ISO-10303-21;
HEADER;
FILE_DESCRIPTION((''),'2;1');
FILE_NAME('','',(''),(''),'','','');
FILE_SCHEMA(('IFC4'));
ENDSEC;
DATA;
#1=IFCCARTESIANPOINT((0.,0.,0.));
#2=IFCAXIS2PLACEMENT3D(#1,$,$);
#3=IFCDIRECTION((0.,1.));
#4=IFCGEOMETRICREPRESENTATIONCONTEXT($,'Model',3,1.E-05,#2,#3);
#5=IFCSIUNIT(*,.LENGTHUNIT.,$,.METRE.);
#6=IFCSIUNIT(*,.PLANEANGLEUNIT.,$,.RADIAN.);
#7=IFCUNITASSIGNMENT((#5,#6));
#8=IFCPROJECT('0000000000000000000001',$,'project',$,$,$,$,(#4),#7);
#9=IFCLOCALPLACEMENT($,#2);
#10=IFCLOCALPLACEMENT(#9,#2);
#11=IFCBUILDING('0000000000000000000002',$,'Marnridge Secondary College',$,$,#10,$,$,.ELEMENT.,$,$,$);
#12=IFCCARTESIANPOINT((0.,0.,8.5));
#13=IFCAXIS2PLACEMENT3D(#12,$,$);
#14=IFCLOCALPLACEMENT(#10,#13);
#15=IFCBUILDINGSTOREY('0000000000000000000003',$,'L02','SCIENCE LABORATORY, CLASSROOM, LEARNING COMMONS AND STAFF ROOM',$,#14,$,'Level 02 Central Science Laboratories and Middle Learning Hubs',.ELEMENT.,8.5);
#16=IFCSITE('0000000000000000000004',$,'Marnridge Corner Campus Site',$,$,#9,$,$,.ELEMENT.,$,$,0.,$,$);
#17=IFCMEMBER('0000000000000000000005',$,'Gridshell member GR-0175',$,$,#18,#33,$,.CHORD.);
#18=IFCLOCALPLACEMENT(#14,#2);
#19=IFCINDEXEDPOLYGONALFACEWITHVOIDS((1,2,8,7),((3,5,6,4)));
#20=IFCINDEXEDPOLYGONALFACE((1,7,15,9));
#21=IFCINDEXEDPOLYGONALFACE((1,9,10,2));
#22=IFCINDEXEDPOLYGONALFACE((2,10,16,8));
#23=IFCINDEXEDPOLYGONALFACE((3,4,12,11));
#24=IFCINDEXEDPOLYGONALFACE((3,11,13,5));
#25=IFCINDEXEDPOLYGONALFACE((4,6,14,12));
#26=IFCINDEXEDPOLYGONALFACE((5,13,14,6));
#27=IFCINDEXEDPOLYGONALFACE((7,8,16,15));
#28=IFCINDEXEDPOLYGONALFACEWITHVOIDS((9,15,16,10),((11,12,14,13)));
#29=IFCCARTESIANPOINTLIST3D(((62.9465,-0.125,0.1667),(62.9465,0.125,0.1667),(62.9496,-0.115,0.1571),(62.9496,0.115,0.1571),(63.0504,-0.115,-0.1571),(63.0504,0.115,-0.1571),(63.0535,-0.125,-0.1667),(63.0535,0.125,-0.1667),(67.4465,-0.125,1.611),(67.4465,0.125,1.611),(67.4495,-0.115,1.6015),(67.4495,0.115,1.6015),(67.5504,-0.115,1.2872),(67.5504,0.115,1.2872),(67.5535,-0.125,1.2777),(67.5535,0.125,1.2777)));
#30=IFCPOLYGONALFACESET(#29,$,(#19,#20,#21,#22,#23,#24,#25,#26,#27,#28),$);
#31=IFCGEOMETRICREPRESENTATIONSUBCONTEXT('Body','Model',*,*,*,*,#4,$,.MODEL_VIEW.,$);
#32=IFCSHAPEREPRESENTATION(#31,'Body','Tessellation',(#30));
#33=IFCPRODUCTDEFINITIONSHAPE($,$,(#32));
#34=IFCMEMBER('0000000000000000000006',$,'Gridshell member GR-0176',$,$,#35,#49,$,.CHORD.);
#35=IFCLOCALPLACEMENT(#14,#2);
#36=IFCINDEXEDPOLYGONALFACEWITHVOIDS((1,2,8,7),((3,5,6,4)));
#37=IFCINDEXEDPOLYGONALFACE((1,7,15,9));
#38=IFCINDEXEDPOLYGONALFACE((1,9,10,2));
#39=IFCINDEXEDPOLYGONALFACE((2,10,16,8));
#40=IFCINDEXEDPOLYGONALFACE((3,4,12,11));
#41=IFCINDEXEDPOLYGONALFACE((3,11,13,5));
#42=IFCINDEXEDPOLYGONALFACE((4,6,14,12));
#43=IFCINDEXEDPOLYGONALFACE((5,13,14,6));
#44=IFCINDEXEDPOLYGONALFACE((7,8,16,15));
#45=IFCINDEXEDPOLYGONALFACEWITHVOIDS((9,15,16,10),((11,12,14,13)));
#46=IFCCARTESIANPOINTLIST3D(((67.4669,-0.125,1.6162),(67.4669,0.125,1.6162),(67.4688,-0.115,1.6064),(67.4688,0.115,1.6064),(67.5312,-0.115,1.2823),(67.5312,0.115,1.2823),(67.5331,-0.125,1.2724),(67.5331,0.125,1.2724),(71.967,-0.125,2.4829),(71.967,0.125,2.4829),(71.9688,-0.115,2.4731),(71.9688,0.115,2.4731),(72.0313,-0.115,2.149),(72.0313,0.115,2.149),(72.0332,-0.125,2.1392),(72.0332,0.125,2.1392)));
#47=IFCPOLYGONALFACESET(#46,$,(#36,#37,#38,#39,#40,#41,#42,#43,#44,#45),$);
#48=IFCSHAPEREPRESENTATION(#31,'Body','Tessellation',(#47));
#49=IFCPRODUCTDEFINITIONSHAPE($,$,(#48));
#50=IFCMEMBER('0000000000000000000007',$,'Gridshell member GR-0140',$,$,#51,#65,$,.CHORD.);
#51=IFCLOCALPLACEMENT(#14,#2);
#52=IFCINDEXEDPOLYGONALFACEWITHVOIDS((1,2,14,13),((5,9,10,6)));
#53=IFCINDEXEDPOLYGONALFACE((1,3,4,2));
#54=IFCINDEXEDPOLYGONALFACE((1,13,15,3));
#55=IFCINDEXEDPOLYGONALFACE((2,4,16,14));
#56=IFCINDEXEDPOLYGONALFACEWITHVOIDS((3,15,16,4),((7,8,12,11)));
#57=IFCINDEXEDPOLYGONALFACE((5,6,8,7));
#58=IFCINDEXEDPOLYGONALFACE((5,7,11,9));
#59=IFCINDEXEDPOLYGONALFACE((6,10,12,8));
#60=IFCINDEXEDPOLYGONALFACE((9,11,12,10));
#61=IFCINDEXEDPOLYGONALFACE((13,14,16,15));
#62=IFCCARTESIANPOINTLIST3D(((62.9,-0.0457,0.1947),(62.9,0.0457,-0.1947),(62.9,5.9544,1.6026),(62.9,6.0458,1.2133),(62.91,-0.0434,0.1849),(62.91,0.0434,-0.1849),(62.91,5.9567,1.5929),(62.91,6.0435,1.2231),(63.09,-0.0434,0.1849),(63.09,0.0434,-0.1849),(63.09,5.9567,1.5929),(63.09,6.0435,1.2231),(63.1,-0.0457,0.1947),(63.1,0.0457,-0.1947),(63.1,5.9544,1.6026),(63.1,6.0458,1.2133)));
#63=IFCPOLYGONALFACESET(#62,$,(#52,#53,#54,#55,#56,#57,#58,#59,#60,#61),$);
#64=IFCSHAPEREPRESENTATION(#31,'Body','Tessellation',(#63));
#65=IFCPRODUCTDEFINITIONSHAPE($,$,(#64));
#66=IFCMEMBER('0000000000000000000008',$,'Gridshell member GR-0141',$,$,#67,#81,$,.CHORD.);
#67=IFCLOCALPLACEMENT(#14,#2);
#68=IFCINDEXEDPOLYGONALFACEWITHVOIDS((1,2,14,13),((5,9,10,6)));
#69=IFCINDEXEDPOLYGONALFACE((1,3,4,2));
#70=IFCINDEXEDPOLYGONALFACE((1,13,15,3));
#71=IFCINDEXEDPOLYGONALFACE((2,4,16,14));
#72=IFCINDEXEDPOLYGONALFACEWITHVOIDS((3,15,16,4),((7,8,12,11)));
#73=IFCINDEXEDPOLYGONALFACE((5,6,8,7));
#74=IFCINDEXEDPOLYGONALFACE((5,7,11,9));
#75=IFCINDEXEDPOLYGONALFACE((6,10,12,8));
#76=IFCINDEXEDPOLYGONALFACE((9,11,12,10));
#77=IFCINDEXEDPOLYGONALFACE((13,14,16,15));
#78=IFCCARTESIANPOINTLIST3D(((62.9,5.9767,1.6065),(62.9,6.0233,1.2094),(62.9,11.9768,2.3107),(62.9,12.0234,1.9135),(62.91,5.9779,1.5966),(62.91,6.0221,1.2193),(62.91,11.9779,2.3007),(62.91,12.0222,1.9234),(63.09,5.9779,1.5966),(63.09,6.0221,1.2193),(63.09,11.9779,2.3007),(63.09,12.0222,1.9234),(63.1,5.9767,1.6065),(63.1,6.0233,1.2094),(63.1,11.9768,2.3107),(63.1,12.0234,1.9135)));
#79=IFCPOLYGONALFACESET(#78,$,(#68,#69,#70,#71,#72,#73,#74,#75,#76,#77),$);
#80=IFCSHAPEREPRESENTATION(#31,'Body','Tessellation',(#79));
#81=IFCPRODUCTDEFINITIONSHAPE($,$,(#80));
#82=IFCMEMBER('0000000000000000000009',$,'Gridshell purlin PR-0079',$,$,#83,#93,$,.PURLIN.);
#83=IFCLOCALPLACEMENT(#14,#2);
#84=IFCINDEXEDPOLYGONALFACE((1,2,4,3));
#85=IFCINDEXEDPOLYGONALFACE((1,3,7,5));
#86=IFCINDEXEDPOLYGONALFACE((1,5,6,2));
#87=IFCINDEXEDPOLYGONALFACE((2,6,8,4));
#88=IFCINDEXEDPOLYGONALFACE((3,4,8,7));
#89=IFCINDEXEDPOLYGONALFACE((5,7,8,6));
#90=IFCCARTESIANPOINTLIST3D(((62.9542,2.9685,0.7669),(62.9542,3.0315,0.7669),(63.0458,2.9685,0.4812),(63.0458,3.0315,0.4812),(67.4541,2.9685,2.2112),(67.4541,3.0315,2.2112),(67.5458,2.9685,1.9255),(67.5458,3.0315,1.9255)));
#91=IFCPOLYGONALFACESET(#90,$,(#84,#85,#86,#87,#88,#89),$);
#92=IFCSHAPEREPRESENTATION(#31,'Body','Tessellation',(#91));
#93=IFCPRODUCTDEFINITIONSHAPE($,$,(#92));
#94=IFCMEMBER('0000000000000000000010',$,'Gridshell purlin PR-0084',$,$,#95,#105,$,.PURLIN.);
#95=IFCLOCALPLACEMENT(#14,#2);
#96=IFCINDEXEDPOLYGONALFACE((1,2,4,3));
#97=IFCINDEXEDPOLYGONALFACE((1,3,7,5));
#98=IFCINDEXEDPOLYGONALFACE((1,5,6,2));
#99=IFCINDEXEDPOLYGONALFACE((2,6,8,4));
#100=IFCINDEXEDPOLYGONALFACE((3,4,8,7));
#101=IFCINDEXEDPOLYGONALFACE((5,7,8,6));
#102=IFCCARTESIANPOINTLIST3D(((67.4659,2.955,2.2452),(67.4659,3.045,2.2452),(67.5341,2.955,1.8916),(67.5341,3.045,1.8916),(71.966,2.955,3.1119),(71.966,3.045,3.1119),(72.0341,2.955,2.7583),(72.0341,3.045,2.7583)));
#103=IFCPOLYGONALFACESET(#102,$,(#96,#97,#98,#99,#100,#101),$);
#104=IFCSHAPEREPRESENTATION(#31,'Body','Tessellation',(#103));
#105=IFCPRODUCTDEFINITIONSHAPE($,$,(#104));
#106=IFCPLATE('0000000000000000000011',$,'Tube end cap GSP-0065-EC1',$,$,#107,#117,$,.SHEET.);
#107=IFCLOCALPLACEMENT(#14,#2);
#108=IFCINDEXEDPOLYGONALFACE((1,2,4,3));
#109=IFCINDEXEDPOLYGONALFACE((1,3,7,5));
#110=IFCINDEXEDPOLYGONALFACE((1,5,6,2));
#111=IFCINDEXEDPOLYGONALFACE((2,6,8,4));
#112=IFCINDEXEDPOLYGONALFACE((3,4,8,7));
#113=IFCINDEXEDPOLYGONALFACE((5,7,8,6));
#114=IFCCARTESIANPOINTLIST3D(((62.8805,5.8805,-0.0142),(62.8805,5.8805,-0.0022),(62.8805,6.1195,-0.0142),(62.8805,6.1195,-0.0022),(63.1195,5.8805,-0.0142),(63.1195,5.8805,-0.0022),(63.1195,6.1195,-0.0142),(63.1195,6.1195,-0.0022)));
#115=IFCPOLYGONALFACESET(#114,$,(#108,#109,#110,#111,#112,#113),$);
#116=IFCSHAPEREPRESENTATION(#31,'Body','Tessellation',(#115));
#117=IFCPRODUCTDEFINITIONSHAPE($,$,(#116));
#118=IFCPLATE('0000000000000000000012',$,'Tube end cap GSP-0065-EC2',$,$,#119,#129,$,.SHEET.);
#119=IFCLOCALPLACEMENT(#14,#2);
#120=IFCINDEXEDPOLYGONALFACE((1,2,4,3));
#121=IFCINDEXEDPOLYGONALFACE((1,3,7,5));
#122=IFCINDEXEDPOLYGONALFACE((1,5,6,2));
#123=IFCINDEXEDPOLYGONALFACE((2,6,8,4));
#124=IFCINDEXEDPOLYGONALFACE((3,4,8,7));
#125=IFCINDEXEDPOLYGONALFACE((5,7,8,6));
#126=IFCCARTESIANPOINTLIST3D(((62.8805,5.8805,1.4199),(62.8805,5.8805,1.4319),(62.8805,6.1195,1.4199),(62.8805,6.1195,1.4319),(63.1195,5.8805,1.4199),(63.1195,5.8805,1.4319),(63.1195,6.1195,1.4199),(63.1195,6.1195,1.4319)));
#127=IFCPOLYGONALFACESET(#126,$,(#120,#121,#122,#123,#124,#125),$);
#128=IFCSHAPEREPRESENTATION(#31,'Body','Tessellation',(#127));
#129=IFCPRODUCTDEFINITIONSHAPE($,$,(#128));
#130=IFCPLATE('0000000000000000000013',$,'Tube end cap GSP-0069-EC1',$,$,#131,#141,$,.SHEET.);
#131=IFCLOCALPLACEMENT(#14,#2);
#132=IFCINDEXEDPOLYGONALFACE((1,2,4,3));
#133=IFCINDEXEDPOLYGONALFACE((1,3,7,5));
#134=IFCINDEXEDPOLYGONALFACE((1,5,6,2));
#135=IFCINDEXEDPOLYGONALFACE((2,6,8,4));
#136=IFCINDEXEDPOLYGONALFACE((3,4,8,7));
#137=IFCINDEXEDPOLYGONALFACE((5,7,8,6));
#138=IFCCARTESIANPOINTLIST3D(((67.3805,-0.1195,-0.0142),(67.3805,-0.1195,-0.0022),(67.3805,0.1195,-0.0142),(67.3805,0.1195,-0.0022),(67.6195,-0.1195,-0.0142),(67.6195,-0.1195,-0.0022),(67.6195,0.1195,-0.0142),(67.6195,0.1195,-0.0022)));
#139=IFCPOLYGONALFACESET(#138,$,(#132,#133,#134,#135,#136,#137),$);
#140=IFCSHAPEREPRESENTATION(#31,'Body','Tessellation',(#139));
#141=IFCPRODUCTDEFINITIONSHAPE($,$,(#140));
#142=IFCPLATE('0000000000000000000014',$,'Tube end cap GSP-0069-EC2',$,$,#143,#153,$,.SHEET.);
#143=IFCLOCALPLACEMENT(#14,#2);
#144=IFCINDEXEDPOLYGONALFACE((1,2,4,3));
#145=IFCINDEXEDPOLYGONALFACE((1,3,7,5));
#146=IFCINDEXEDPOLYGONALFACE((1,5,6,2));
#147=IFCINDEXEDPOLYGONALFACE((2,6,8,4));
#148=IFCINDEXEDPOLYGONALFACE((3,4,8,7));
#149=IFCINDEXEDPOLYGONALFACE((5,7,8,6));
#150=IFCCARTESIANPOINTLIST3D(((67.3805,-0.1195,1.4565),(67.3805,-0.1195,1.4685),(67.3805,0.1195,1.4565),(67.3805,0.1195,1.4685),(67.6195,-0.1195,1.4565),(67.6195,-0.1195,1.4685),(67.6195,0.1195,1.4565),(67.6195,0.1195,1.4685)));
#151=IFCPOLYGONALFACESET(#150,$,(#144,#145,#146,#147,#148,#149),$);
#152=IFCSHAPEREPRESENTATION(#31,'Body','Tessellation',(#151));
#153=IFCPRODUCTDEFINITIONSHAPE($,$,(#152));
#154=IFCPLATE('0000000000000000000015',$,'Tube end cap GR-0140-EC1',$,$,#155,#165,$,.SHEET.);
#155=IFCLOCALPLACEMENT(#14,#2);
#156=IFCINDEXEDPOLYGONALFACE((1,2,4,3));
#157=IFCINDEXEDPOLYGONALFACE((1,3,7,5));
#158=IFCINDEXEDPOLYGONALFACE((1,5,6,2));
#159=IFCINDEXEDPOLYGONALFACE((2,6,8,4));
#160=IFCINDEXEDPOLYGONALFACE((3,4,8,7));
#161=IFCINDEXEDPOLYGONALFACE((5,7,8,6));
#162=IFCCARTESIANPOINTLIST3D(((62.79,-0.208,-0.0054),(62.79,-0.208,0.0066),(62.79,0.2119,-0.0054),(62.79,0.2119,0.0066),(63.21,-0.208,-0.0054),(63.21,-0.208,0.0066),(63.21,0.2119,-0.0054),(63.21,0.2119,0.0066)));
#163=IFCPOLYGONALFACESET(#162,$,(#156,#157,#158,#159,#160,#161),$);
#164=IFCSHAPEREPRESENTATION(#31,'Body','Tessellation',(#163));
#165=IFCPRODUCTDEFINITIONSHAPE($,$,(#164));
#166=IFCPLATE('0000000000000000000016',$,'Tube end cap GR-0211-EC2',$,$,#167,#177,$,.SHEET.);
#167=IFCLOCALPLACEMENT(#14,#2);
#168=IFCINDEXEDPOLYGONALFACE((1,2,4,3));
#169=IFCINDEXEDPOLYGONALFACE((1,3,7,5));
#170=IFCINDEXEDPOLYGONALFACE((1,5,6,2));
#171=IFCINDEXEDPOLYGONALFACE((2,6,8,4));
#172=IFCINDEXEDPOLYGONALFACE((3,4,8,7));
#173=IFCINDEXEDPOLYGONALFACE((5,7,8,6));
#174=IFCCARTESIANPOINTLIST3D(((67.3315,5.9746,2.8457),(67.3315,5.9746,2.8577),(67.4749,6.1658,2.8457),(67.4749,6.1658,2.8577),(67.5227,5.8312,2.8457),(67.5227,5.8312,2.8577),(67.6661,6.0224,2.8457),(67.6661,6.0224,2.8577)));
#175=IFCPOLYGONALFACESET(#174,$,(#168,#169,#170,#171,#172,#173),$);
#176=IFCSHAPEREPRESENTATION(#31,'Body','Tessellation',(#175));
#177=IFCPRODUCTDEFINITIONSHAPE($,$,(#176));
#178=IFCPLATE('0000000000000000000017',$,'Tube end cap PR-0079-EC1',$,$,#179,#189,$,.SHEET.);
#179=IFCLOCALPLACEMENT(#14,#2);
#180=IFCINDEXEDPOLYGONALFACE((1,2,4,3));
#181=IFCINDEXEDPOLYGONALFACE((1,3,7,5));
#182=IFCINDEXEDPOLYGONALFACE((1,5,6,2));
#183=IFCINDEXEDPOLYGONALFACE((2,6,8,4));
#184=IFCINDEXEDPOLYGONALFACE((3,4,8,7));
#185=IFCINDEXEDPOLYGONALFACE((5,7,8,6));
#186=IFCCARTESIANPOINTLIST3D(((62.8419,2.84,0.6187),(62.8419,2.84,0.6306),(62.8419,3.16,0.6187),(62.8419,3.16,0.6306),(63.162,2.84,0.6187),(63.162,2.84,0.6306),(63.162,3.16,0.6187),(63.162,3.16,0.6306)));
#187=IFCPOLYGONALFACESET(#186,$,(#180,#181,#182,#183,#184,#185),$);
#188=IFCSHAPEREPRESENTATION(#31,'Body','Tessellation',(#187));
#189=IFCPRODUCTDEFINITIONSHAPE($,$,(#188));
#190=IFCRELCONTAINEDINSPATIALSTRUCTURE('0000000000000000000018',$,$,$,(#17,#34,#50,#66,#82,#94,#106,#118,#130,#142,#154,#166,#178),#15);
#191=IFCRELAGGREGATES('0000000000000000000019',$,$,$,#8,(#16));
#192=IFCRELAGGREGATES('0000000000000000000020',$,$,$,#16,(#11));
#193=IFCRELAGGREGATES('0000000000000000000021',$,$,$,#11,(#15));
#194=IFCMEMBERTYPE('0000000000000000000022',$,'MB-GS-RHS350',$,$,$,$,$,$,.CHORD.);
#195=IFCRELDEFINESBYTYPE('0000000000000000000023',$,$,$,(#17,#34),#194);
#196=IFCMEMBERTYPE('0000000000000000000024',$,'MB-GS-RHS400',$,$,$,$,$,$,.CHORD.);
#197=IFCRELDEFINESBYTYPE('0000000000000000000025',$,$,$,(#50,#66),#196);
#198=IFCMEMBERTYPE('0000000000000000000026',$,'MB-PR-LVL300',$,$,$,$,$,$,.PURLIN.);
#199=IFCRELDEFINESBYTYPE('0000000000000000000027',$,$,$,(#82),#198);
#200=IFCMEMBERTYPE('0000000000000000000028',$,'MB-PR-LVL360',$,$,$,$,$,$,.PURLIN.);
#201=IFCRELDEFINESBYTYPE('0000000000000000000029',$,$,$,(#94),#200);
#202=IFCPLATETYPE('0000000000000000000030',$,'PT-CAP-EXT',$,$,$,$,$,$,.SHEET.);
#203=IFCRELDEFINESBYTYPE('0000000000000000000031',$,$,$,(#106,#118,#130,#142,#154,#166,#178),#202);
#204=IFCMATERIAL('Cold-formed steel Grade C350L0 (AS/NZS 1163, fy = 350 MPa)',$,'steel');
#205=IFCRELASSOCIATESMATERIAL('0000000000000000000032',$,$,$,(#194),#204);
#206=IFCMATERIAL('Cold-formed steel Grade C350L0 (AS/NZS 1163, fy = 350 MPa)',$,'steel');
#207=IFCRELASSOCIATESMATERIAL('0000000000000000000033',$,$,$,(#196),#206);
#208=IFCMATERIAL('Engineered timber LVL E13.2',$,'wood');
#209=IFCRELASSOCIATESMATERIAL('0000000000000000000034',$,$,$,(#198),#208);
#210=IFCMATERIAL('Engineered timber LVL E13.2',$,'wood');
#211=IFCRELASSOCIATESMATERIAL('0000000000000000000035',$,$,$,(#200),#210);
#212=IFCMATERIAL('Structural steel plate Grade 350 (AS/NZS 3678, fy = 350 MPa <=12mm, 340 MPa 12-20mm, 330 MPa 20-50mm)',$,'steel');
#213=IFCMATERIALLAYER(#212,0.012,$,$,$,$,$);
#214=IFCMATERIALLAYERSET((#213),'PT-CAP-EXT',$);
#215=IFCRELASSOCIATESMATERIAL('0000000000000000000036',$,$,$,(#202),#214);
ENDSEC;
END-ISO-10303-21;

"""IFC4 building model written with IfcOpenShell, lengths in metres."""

from ifc_helpers import new_model, si_unit, direction, frame, origin, origin_2d, place, context, subcontext, project, spatial, rectangle, hollow_rectangle, extrude, material, layer, layer_set, material_profile, profile_set, type_object, element, save


model = new_model("IFC4")

# Units and contexts
model_context = context("Model", 3, precision=1e-05, world=origin(), true_north=direction((0.0, 1.0)))
body_context = subcontext(model_context, "Body", "Model", "MODEL_VIEW")
ifc_project = project(units=[si_unit("LENGTHUNIT", "METRE"), si_unit("PLANEANGLEUNIT", "RADIAN")], contexts=[model_context])

# Site, building, storey
site_placement = place(None, origin())
site = spatial("IfcSite", under=ifc_project, at=site_placement, Name="Marnridge Corner Campus Site", CompositionType="ELEMENT", RefElevation=0.0)
building_placement = place(site_placement, origin())
building = spatial("IfcBuilding", under=site, at=building_placement, Name="Marnridge Secondary College", CompositionType="ELEMENT")
storey_placement = place(building_placement, frame((0.0, 0.0, 8.5)))
storey = spatial("IfcBuildingStorey", under=building, at=storey_placement, Name="L02", Description="SCIENCE LABORATORY, CLASSROOM, LEARNING COMMONS AND STAFF ROOM", LongName="Level 02 Central Science Laboratories and Middle Learning Hubs", CompositionType="ELEMENT", Elevation=8.5)

# Members
ifc_material_1 = material(Name="Cold-formed steel Grade C350L0 (AS/NZS 1163, fy = 350 MPa)", Category="steel")
ifc_material_profile_1 = material_profile(ifc_material_1, hollow_rectangle(XDim=0.25, YDim=0.3501, WallThickness=0.01, at=origin_2d()), Name="350x250x10.0RHS")
ifc_profile_set_1 = profile_set([ifc_material_profile_1], Name="Cold-formed steel Grade C350L0 (AS/NZS 1163, fy = 350 MPa)")
member_type_1 = type_object("IfcMemberType", Name="MB-GS-RHS350", PredefinedType="CHORD", material=ifc_profile_set_1)
member_1_placement = place(storey_placement, frame((63.0, 0.0, 0.0), z_axis=(0.952157, 0.0, 0.305608), x_axis=(0.0, 1.0, 0.0)))
element("IfcMember", 1, at=member_1_placement, inside=storey, type_object=member_type_1, Name="Gridshell member GR-0175", PredefinedType="CHORD", context=body_context, shape_type="SweptSolid", body=[
    extrude(hollow_rectangle(XDim=0.25, YDim=0.3501, WallThickness=0.01, at=origin_2d()), origin(), (0.0, 0.0, 1.0), 4.7261),
])
member_2_placement = place(storey_placement, frame((67.5, 0.0, 1.4443), z_axis=(0.981953, 0.0, 0.189124), x_axis=(0.0, 1.0, 0.0)))
element("IfcMember", 2, at=member_2_placement, inside=storey, type_object=member_type_1, Name="Gridshell member GR-0176", PredefinedType="CHORD", context=body_context, shape_type="SweptSolid", body=[
    extrude(hollow_rectangle(XDim=0.25, YDim=0.3501, WallThickness=0.01, at=origin_2d()), origin(), (0.0, 0.0, 1.0), 4.5828),
])
ifc_material_2 = material(Name="Cold-formed steel Grade C350L0 (AS/NZS 1163, fy = 350 MPa)", Category="steel")
ifc_material_profile_2 = material_profile(ifc_material_2, hollow_rectangle(XDim=0.2, YDim=0.3999, WallThickness=0.01, at=origin_2d()), Name="400x200x10.0RHS")
ifc_profile_set_2 = profile_set([ifc_material_profile_2], Name="Cold-formed steel Grade C350L0 (AS/NZS 1163, fy = 350 MPa)")
member_type_2 = type_object("IfcMemberType", Name="MB-GS-RHS400", PredefinedType="CHORD", material=ifc_profile_set_2)
member_3_placement = place(storey_placement, frame((63.0, 0.0, 0.0), z_axis=(0.0, 0.973555, 0.228454), x_axis=(-1.0, 0.0, 0.0)))
element("IfcMember", 3, at=member_3_placement, inside=storey, type_object=member_type_2, Name="Gridshell member GR-0140", PredefinedType="CHORD", context=body_context, shape_type="SweptSolid", body=[
    extrude(hollow_rectangle(XDim=0.2, YDim=0.3999, WallThickness=0.01, at=origin_2d()), origin(), (0.0, 0.0, 1.0), 6.1631),
])
member_4_placement = place(storey_placement, frame((63.0, 6.0, 1.408), z_axis=(0.0, 0.993185, 0.11655), x_axis=(-1.0, 0.0, 0.0)))
element("IfcMember", 4, at=member_4_placement, inside=storey, type_object=member_type_2, Name="Gridshell member GR-0141", PredefinedType="CHORD", context=body_context, shape_type="SweptSolid", body=[
    extrude(hollow_rectangle(XDim=0.2, YDim=0.3999, WallThickness=0.01, at=origin_2d()), origin(), (0.0, 0.0, 1.0), 6.0413),
])
ifc_material_3 = material(Name="Engineered timber LVL E13.2", Category="wood")
ifc_material_profile_3 = material_profile(ifc_material_3, rectangle(XDim=0.063, YDim=0.3, at=origin_2d()), Name="LVL 63x300")
ifc_profile_set_3 = profile_set([ifc_material_profile_3], Name="Engineered timber LVL E13.2")
member_type_3 = type_object("IfcMemberType", Name="MB-PR-LVL300", PredefinedType="PURLIN", material=ifc_profile_set_3)
member_5_placement = place(storey_placement, frame((63.0, 3.0, 0.624), z_axis=(0.952157, 0.0, 0.305608), x_axis=(0.0, 1.0, 0.0)))
element("IfcMember", 5, at=member_5_placement, inside=storey, type_object=member_type_3, Name="Gridshell purlin PR-0079", PredefinedType="PURLIN", context=body_context, shape_type="SweptSolid", body=[
    extrude(rectangle(XDim=0.063, YDim=0.3, at=origin_2d()), origin(), (0.0, 0.0, 1.0), 4.7261),
])
ifc_material_4 = material(Name="Engineered timber LVL E13.2", Category="wood")
ifc_material_profile_4 = material_profile(ifc_material_4, rectangle(XDim=0.0901, YDim=0.3601, at=origin_2d()), Name="LVL 90x360")
ifc_profile_set_4 = profile_set([ifc_material_profile_4], Name="Engineered timber LVL E13.2")
member_type_4 = type_object("IfcMemberType", Name="MB-PR-LVL360", PredefinedType="PURLIN", material=ifc_profile_set_4)
member_6_placement = place(storey_placement, frame((67.5, 3.0, 2.0684), z_axis=(0.981953, 0.0, 0.189124), x_axis=(0.0, 1.0, 0.0)))
element("IfcMember", 6, at=member_6_placement, inside=storey, type_object=member_type_4, Name="Gridshell purlin PR-0084", PredefinedType="PURLIN", context=body_context, shape_type="SweptSolid", body=[
    extrude(rectangle(XDim=0.0901, YDim=0.3601, at=origin_2d()), origin(), (0.0, 0.0, 1.0), 4.5828),
])

# Plates
ifc_material_5 = material(Name="Structural steel plate Grade 350 (AS/NZS 3678, fy = 350 MPa <=12mm, 340 MPa 12-20mm, 330 MPa 20-50mm)", Category="steel")
ifc_layer_1 = layer(ifc_material_5, 0.012)
ifc_layer_set_1 = layer_set([ifc_layer_1], Name="PT-CAP-EXT")
plate_type = type_object("IfcPlateType", Name="PT-CAP-EXT", PredefinedType="SHEET", material=ifc_layer_set_1)
for number, where, z_axis, x_axis, name in (
    (7, (63.0, 6.0, -0.0142), (0.0, 0.0, 1.0), (1.0, 0.0, 0.0), "Tube end cap GSP-0065-EC1"),
    (8, (63.0, 6.0, 1.4199), (0.0, 0.0, 1.0), (1.0, 0.0, 0.0), "Tube end cap GSP-0065-EC2"),
    (9, (67.5, 0.0, -0.0142), (0.0, 0.0, 1.0), (1.0, 0.0, 0.0), "Tube end cap GSP-0069-EC1"),
    (10, (67.5, 0.0, 1.4565), (0.0, 0.0, 1.0), (1.0, 0.0, 0.0), "Tube end cap GSP-0069-EC2"),
):
    element("IfcPlate", number, at=place(storey_placement, frame(where, z_axis=z_axis, x_axis=x_axis)), inside=storey, type_object=plate_type, Name=name, PredefinedType="SHEET", context=body_context, shape_type="SweptSolid", body=[
        extrude(rectangle(XDim=0.239, YDim=0.239, at=origin_2d()), origin(), (0.0, 0.0, 1.0), 0.012),
    ])
plate_1_placement = place(storey_placement, frame((63.0, 0.002, -0.0054), z_axis=(0.0, 0.0, 1.0), x_axis=(0.0, 1.0, 0.0)))
element("IfcPlate", 11, at=plate_1_placement, inside=storey, type_object=plate_type, Name="Tube end cap GR-0140-EC1", PredefinedType="SHEET", context=body_context, shape_type="SweptSolid", body=[
    extrude(rectangle(XDim=0.4199, YDim=0.4199, at=origin_2d()), origin(), (0.0, 0.0, 1.0), 0.012),
])
plate_2_placement = place(storey_placement, frame((67.4988, 5.9985, 2.8457), z_axis=(0.0, 0.0, 1.0), x_axis=(0.600001, 0.799999, 0.0)))
element("IfcPlate", 12, at=plate_2_placement, inside=storey, type_object=plate_type, Name="Tube end cap GR-0211-EC2", PredefinedType="SHEET", context=body_context, shape_type="SweptSolid", body=[
    extrude(rectangle(XDim=0.239, YDim=0.239, at=origin_2d()), origin(), (0.0, 0.0, 1.0), 0.012),
])
for number, where, z_axis, x_axis, name in (
    (13, (63.002, 3.0, 0.6187), (0.0, 0.0, 1.0), (1.0, 0.0, 0.0), "Tube end cap PR-0079-EC1"),
):
    element("IfcPlate", number, at=place(storey_placement, frame(where, z_axis=z_axis, x_axis=x_axis)), inside=storey, type_object=plate_type, Name=name, PredefinedType="SHEET", context=body_context, shape_type="SweptSolid", body=[
        extrude(rectangle(XDim=0.3201, YDim=0.3201, at=origin_2d()), origin(), (0.0, 0.0, 1.0), 0.012),
    ])

save(model, "model.ifc")
